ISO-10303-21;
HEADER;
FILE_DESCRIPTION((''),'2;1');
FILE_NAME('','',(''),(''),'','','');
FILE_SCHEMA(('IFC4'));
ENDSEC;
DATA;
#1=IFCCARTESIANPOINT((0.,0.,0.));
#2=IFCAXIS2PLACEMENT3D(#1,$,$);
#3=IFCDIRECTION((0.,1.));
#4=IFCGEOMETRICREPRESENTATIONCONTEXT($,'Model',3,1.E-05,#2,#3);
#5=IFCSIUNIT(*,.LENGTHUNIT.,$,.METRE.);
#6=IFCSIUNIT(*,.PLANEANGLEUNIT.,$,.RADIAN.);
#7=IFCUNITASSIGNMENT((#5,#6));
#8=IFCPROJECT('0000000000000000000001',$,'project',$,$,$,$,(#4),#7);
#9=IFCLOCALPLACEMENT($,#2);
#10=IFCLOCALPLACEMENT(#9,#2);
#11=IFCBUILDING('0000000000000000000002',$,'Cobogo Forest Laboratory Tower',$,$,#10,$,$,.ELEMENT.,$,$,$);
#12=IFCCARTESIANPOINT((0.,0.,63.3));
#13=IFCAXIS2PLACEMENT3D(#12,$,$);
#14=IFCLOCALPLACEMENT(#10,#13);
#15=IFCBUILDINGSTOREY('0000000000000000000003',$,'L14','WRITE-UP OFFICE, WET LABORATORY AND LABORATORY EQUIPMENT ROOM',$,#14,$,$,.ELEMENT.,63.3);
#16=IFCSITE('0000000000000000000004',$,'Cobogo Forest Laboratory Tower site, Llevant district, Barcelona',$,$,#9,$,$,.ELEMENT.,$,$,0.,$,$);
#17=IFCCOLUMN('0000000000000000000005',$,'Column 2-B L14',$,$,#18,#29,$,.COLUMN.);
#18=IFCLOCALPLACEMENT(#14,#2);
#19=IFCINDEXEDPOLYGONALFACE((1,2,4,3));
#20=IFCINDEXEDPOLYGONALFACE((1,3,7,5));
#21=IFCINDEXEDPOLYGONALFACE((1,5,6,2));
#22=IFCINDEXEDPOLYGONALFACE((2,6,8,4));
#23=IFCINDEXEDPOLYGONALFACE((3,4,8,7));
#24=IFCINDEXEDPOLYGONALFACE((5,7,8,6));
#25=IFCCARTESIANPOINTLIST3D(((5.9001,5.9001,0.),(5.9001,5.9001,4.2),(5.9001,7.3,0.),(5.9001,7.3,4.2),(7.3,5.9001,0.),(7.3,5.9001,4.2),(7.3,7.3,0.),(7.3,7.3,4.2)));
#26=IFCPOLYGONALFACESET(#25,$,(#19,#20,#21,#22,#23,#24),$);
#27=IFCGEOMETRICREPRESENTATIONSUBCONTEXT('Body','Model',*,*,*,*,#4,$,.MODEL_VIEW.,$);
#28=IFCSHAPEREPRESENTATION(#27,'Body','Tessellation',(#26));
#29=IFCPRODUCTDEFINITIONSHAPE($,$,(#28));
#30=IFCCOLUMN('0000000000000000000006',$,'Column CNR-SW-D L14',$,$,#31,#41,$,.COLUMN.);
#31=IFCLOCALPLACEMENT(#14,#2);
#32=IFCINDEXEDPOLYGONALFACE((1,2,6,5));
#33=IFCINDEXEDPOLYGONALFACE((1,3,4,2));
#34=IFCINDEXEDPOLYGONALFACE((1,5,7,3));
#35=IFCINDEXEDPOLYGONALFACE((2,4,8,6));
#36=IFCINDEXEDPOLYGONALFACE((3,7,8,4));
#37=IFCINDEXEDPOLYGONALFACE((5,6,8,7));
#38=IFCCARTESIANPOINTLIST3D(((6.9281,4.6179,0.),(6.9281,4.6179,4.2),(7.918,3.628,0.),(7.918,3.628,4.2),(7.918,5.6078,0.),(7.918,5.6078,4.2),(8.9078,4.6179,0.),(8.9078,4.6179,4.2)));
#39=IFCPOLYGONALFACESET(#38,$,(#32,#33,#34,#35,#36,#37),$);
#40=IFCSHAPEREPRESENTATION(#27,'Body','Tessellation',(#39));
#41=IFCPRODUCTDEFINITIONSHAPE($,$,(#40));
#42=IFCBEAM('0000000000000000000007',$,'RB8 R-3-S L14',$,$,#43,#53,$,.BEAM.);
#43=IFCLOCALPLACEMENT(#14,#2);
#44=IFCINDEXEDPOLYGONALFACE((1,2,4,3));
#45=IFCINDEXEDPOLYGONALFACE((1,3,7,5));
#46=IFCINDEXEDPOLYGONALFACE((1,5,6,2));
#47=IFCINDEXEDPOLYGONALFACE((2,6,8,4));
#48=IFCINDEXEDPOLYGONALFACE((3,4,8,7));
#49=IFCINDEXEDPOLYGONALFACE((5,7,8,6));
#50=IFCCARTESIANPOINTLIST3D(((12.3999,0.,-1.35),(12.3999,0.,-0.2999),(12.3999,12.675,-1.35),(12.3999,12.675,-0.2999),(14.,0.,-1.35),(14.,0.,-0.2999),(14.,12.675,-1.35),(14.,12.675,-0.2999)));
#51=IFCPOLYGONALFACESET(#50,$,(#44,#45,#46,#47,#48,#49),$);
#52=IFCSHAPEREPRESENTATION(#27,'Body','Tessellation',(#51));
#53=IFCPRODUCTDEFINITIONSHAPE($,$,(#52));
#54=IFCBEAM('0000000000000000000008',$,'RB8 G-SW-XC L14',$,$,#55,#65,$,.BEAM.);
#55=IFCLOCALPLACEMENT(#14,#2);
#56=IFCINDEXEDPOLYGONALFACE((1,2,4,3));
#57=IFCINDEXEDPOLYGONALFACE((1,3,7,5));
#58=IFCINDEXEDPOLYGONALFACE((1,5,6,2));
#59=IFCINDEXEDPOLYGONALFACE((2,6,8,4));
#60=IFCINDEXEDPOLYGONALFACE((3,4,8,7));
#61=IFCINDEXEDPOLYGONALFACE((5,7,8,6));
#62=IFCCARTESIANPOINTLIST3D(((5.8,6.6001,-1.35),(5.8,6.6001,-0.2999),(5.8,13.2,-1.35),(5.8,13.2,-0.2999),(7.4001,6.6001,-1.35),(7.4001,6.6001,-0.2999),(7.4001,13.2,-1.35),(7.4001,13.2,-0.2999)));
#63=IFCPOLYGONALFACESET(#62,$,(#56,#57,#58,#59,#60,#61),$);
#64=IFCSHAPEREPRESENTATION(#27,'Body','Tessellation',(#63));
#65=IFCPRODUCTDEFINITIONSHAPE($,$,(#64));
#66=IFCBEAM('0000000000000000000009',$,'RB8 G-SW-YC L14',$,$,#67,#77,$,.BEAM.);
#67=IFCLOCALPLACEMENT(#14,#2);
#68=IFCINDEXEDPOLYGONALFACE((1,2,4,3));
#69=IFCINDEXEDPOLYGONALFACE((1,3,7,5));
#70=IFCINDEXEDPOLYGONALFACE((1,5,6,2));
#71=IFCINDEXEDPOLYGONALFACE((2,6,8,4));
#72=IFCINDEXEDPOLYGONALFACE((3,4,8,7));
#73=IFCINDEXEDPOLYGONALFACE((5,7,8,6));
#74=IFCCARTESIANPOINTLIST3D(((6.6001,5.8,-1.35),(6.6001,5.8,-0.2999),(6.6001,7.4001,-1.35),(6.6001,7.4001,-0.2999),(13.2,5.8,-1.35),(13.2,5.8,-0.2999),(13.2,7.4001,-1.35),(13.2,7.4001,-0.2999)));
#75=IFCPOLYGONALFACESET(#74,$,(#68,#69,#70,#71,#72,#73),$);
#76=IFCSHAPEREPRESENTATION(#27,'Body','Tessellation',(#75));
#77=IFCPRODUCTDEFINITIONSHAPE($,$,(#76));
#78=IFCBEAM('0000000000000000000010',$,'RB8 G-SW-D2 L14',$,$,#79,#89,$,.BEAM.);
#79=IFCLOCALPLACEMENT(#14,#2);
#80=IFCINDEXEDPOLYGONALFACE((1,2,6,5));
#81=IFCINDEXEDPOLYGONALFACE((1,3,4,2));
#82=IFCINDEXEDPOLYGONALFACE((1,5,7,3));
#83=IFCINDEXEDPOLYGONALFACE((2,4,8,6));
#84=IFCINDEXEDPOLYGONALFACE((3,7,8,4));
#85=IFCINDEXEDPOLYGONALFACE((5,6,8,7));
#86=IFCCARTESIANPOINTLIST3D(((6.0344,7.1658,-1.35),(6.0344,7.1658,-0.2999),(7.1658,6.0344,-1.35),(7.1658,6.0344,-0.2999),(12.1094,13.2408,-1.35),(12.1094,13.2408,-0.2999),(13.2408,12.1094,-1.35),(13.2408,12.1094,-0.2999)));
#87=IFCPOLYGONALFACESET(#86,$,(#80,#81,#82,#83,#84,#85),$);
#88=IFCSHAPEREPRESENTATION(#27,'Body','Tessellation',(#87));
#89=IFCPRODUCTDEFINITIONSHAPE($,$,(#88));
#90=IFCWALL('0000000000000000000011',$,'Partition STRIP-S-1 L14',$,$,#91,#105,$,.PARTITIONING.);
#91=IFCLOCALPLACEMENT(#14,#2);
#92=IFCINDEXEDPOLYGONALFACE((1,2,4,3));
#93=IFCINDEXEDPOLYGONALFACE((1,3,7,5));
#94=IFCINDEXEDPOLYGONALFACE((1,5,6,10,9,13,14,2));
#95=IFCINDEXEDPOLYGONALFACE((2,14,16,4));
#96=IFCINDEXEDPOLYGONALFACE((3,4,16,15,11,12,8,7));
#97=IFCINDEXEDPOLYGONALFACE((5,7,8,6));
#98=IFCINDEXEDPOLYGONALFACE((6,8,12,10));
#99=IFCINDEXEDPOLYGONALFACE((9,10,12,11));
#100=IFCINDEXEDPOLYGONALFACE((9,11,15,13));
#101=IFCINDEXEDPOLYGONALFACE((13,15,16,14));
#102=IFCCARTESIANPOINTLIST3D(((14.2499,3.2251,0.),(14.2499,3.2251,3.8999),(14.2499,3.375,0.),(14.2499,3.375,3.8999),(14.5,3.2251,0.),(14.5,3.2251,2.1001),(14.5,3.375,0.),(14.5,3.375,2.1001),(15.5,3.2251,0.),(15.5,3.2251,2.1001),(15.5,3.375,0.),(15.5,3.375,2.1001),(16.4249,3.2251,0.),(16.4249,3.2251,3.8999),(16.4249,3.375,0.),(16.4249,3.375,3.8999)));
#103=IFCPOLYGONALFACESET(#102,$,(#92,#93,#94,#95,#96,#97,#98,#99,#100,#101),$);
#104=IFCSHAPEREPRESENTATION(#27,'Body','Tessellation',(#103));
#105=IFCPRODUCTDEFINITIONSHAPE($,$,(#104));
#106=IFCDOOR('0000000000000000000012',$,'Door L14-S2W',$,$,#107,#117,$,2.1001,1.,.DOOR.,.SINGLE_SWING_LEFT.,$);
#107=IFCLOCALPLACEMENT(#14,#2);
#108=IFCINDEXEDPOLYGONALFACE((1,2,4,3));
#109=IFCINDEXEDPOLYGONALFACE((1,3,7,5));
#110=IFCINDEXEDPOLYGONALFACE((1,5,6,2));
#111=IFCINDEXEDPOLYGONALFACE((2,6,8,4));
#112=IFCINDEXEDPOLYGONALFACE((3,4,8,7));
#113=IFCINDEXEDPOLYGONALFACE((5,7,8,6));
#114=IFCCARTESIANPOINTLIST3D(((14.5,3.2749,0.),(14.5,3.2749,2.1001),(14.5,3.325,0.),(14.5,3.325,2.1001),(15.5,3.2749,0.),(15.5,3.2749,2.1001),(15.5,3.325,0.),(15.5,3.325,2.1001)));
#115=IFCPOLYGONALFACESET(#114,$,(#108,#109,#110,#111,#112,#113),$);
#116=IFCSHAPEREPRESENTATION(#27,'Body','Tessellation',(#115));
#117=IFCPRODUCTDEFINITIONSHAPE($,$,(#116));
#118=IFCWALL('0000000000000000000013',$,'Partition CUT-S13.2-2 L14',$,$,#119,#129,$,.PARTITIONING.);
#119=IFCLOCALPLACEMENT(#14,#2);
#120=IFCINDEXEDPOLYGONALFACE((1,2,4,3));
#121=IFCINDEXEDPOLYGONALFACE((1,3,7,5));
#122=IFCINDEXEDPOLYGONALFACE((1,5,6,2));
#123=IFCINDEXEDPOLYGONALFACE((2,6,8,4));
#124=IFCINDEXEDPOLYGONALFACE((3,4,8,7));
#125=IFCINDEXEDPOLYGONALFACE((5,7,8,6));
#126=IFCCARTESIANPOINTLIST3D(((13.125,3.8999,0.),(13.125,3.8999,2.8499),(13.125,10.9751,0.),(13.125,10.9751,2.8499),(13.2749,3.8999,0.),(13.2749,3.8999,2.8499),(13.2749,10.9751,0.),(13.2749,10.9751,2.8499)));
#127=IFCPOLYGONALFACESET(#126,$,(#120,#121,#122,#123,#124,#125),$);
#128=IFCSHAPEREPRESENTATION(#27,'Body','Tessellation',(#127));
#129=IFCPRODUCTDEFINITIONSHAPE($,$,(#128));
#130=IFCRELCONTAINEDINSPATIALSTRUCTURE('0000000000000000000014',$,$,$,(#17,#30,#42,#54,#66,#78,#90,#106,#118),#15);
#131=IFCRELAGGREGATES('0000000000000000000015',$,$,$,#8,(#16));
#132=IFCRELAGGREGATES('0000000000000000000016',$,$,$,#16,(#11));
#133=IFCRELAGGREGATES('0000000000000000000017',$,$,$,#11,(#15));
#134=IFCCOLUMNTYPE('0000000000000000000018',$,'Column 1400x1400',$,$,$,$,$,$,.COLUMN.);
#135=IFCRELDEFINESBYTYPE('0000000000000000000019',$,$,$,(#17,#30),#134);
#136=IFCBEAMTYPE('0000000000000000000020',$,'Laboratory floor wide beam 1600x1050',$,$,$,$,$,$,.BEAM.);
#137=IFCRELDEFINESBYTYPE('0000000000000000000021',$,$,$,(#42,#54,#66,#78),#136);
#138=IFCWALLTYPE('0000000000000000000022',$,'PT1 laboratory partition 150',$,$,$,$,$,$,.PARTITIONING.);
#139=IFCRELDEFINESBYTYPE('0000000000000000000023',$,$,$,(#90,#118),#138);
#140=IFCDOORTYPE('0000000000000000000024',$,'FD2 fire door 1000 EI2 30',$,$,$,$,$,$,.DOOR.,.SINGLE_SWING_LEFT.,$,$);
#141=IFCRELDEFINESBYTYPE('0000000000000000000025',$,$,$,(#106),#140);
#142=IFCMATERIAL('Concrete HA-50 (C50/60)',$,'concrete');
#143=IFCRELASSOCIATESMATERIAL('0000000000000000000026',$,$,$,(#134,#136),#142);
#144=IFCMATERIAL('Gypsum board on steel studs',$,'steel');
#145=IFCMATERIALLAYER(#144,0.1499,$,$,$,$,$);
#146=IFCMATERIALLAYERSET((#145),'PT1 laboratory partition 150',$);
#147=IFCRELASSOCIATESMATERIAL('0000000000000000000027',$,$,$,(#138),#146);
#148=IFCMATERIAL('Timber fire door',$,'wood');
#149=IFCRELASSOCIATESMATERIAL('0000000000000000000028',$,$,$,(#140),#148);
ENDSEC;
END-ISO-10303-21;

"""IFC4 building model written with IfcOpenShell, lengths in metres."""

from ifc_helpers import new_model, si_unit, direction, frame, frame_2d, origin, origin_2d, place, context, subcontext, project, spatial, rectangle, extrude, material, layer, layer_set, material_profile, profile_set, type_object, element, fill, save


model = new_model("IFC4")

# Units and contexts
model_context = context("Model", 3, precision=1e-05, world=origin(), true_north=direction((0.0, 1.0)))
body_context = subcontext(model_context, "Body", "Model", "MODEL_VIEW")
ifc_project = project(units=[si_unit("LENGTHUNIT", "METRE"), si_unit("PLANEANGLEUNIT", "RADIAN")], contexts=[model_context])

# Site, building, storey
site_placement = place(None, origin())
site = spatial("IfcSite", under=ifc_project, at=site_placement, Name="Cobogo Forest Laboratory Tower site, Llevant district, Barcelona", CompositionType="ELEMENT", RefElevation=0.0)
building_placement = place(site_placement, origin())
building = spatial("IfcBuilding", under=site, at=building_placement, Name="Cobogo Forest Laboratory Tower", CompositionType="ELEMENT")
storey_placement = place(building_placement, frame((0.0, 0.0, 63.3)))
storey = spatial("IfcBuildingStorey", under=building, at=storey_placement, Name="L14", Description="WRITE-UP OFFICE, WET LABORATORY AND LABORATORY EQUIPMENT ROOM", CompositionType="ELEMENT", Elevation=63.3)

# Columns
ifc_material_1 = material(Name="Concrete HA-50 (C50/60)", Category="concrete")
ifc_material_profile_1 = material_profile(ifc_material_1, rectangle(XDim=1.3999, YDim=1.3999, at=origin_2d()), Name="RC 1400x1400")
ifc_profile_set_1 = profile_set([ifc_material_profile_1], Name="Concrete HA-50 (C50/60)")
column_type = type_object("IfcColumnType", Name="Column 1400x1400", PredefinedType="COLUMN", material=ifc_profile_set_1)
for number, where, z_axis, x_axis, name in (
    (1, (6.6001, 6.6001, 0.0), (0.0, 0.0, 1.0), (1.0, 0.0, 0.0), "Column 2-B L14"),
    (2, (7.918, 4.6179, 0.0), (0.0, 0.0, 1.0), (0.707107, 0.707107, 0.0), "Column CNR-SW-D L14"),
):
    element("IfcColumn", number, at=place(storey_placement, frame(where, z_axis=z_axis, x_axis=x_axis)), inside=storey, type_object=column_type, Name=name, PredefinedType="COLUMN", context=body_context, shape_type="SweptSolid", body=[
        extrude(rectangle(XDim=1.3999, YDim=1.3999, at=origin_2d()), origin(), (0.0, 0.0, 1.0), 4.2),
    ])

# Beams
ifc_material_profile_2 = material_profile(ifc_material_1, rectangle(XDim=1.6001, YDim=1.05, at=origin_2d()), Name="RC 1600x1050")
ifc_profile_set_2 = profile_set([ifc_material_profile_2], Name="Concrete HA-50 (C50/60)")
beam_type = type_object("IfcBeamType", Name="Laboratory floor wide beam 1600x1050", PredefinedType="BEAM", material=ifc_profile_set_2)
beam_1_placement = place(storey_placement, frame((13.2, 12.675, -0.825), z_axis=(0.0, -1.0, 0.0), x_axis=(1.0, 0.0, 0.0)))
element("IfcBeam", 3, at=beam_1_placement, inside=storey, type_object=beam_type, Name="RB8 R-3-S L14", PredefinedType="BEAM", context=body_context, shape_type="SweptSolid", body=[
    extrude(rectangle(XDim=1.6001, YDim=1.05, at=origin_2d()), origin(), (0.0, 0.0, 1.0), 12.675),
])
for number, where, z_axis, x_axis, name in (
    (4, (6.6001, 6.6001, -0.825), (0.0, 1.0, 0.0), (-1.0, 0.0, 0.0), "RB8 G-SW-XC L14"),
    (5, (6.6001, 6.6001, -0.825), (1.0, 0.0, 0.0), (0.0, 1.0, 0.0), "RB8 G-SW-YC L14"),
):
    element("IfcBeam", number, at=place(storey_placement, frame(where, z_axis=z_axis, x_axis=x_axis)), inside=storey, type_object=beam_type, Name=name, PredefinedType="BEAM", context=body_context, shape_type="SweptSolid", body=[
        extrude(rectangle(XDim=1.6001, YDim=1.05, at=origin_2d()), origin(), (0.0, 0.0, 1.0), 6.5999),
    ])
beam_2_placement = place(storey_placement, frame((6.6001, 6.6001, -0.825), z_axis=(0.707107, 0.707107, 0.0), x_axis=(-0.707107, 0.707107, 0.0)))
element("IfcBeam", 6, at=beam_2_placement, inside=storey, type_object=beam_type, Name="RB8 G-SW-D2 L14", PredefinedType="BEAM", context=body_context, shape_type="SweptSolid", body=[
    extrude(rectangle(XDim=1.6001, YDim=1.05, at=origin_2d()), origin(), (0.0, 0.0, 1.0), 8.5913),
])

# Wall, opening, door
ifc_material_2 = material(Name="Gypsum board on steel studs", Category="steel")
ifc_layer_1 = layer(ifc_material_2, 0.1499)
ifc_layer_set_1 = layer_set([ifc_layer_1], Name="PT1 laboratory partition 150")
wall_type_1 = type_object("IfcWallType", Name="PT1 laboratory partition 150", PredefinedType="PARTITIONING", material=ifc_layer_set_1)
wall_1_placement = place(storey_placement, frame((14.25, 3.3, 0.0), z_axis=(0.0, 0.0, 1.0), x_axis=(1.0, 0.0, 0.0)))
wall_1 = element("IfcWall", 7, at=wall_1_placement, inside=storey, type_object=wall_type_1, Name="Partition STRIP-S-1 L14", PredefinedType="PARTITIONING", context=body_context, shape_type="SweptSolid", body=[
    extrude(rectangle(XDim=2.175, YDim=0.1499, at=frame_2d((1.0874, 0.0))), origin(), (0.0, 0.0, 1.0), 3.8999),
])
opening_1_placement = place(wall_1_placement, frame((0.25, 0.0, 0.0)))
opening_1 = element("IfcOpeningElement", 8, at=opening_1_placement, cuts=wall_1, PredefinedType="OPENING", context=body_context, shape_type="SweptSolid", body=[
    extrude(rectangle(XDim=1.0, YDim=2.1001, at=frame_2d((0.5, 1.05))), frame((0.0, 0.085, 0.0), z_axis=(0.0, -1.0, 0.0), x_axis=(1.0, 0.0, 0.0)), (0.0, 0.0, 1.0), 0.1699),
])
ifc_material_3 = material(Name="Timber fire door", Category="wood")
door_type_1 = type_object("IfcDoorType", Name="FD2 fire door 1000 EI2 30", OperationType="SINGLE_SWING_LEFT", PredefinedType="DOOR", material=ifc_material_3)
door_1_placement = place(opening_1_placement, origin())
door_1 = element("IfcDoor", 9, at=door_1_placement, inside=storey, type_object=door_type_1, Name="Door L14-S2W", OperationType="SINGLE_SWING_LEFT", OverallHeight=2.1001, OverallWidth=1.0, PredefinedType="DOOR", context=body_context, shape_type="SweptSolid", body=[
    extrude(rectangle(XDim=1.0, YDim=2.1001, at=frame_2d((0.5, 1.05))), frame((0.0, 0.0249, 0.0), z_axis=(0.0, -1.0, 0.0), x_axis=(1.0, 0.0, 0.0)), (0.0, 0.0, 1.0), 0.05),
])
fill(opening_1, door_1)

# Wall
wall_2_placement = place(storey_placement, frame((13.2, 3.8999, 0.0), z_axis=(0.0, 0.0, 1.0), x_axis=(0.0, 1.0, 0.0)))
element("IfcWall", 10, at=wall_2_placement, inside=storey, type_object=wall_type_1, Name="Partition CUT-S13.2-2 L14", PredefinedType="PARTITIONING", context=body_context, shape_type="SweptSolid", body=[
    extrude(rectangle(XDim=7.0752, YDim=0.1499, at=frame_2d((3.5376, 0.0))), origin(), (0.0, 0.0, 1.0), 2.8499),
])

save(model, "model.ifc")
